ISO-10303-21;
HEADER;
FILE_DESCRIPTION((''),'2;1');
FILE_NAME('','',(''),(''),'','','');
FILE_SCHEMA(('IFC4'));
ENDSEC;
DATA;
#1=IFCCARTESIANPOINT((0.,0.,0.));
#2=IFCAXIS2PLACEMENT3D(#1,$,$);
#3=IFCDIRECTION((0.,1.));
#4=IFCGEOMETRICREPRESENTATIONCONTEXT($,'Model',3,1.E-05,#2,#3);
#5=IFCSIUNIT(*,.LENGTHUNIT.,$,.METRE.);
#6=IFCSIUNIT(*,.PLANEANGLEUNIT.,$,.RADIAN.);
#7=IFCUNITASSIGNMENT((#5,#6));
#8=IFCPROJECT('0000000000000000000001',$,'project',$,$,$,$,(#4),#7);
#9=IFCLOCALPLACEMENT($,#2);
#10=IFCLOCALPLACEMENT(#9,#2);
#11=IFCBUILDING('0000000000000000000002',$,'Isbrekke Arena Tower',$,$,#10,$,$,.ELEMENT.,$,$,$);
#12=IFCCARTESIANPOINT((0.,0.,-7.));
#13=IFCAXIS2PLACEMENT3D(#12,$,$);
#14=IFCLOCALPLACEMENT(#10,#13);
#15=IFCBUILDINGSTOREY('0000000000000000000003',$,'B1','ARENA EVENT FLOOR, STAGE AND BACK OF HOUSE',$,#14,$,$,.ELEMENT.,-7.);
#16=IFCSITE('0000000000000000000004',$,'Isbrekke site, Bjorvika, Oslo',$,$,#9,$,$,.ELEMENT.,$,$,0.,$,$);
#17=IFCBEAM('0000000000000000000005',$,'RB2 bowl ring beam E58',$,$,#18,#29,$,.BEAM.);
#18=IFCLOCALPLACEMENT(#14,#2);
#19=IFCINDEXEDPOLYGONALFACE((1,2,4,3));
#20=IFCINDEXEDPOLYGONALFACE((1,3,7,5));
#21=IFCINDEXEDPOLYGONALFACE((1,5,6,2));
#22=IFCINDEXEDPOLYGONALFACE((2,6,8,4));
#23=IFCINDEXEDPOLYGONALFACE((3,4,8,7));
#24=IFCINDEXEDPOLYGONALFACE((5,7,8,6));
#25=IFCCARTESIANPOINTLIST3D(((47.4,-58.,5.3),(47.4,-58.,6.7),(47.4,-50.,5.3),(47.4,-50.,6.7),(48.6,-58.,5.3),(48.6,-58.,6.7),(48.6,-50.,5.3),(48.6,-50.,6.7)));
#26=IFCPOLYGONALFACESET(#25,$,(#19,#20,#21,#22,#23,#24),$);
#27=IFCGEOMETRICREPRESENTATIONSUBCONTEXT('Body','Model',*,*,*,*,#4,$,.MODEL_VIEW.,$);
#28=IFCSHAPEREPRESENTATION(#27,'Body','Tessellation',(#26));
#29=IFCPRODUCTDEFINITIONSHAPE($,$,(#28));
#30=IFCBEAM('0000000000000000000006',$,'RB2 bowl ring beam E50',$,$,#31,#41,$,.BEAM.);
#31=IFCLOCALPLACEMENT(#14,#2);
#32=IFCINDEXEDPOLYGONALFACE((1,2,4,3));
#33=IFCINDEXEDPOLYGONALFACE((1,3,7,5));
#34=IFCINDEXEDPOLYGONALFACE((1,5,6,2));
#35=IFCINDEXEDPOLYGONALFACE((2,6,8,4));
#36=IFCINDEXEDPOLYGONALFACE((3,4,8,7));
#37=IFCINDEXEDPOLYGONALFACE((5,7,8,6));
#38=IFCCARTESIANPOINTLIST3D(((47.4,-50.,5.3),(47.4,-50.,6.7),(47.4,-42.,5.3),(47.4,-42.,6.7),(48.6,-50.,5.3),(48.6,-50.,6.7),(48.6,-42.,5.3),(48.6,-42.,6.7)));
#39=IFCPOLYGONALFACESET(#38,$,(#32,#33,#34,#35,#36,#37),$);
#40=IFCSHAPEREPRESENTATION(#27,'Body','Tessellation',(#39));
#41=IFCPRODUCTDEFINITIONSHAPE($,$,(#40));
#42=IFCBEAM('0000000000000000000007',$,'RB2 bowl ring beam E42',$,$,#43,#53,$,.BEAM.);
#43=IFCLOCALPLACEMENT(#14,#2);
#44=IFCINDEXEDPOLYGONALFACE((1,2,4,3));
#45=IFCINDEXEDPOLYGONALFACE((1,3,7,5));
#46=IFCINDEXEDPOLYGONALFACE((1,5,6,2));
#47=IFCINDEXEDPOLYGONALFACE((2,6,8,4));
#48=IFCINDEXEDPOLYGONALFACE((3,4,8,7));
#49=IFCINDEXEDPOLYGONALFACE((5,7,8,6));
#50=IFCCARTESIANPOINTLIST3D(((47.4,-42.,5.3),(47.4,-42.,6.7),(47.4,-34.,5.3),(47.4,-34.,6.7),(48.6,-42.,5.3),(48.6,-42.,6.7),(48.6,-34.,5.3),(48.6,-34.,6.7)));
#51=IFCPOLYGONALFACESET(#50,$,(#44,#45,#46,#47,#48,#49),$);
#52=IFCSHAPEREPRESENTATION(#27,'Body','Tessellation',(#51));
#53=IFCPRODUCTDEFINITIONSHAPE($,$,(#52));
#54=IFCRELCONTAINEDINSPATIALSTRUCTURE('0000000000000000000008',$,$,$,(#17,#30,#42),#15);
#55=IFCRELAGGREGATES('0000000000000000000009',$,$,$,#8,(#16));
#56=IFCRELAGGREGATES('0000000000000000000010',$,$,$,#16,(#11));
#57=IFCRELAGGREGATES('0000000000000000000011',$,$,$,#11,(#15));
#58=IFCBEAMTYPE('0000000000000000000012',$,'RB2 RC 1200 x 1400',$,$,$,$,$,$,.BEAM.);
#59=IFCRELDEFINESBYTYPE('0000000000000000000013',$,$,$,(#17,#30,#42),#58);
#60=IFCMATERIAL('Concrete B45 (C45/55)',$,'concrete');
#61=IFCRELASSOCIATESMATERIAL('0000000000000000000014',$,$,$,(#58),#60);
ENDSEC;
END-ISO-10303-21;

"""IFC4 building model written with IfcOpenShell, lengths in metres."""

from ifc_helpers import new_model, si_unit, direction, frame, origin, origin_2d, place, context, subcontext, project, spatial, rectangle, extrude, material, material_profile, profile_set, type_object, element, save


model = new_model("IFC4")

# Units and contexts
model_context = context("Model", 3, precision=1e-05, world=origin(), true_north=direction((0.0, 1.0)))
body_context = subcontext(model_context, "Body", "Model", "MODEL_VIEW")
ifc_project = project(units=[si_unit("LENGTHUNIT", "METRE"), si_unit("PLANEANGLEUNIT", "RADIAN")], contexts=[model_context])

# Site, building, storey
site_placement = place(None, origin())
site = spatial("IfcSite", under=ifc_project, at=site_placement, Name="Isbrekke site, Bjorvika, Oslo", CompositionType="ELEMENT", RefElevation=0.0)
building_placement = place(site_placement, origin())
building = spatial("IfcBuilding", under=site, at=building_placement, Name="Isbrekke Arena Tower", CompositionType="ELEMENT")
storey_placement = place(building_placement, frame((0.0, 0.0, -7.0)))
storey = spatial("IfcBuildingStorey", under=building, at=storey_placement, Name="B1", Description="ARENA EVENT FLOOR, STAGE AND BACK OF HOUSE", CompositionType="ELEMENT", Elevation=-7.0)

# Beams
ifc_material_1 = material(Name="Concrete B45 (C45/55)", Category="concrete")
ifc_material_profile_1 = material_profile(ifc_material_1, rectangle(XDim=1.2, YDim=1.3999, at=origin_2d()), Name="RC 1200x1400")
ifc_profile_set_1 = profile_set([ifc_material_profile_1], Name="Concrete B45 (C45/55)")
beam_type_1 = type_object("IfcBeamType", Name="RB2 RC 1200 x 1400", PredefinedType="BEAM", material=ifc_profile_set_1)
for number, where, z_axis, x_axis, name in (
    (1, (48.0, -58.0, 6.0), (0.0, 1.0, 0.0), (-1.0, 0.0, 0.0), "RB2 bowl ring beam E58"),
    (2, (48.0, -50.0, 6.0), (0.0, 1.0, 0.0), (-1.0, 0.0, 0.0), "RB2 bowl ring beam E50"),
    (3, (48.0, -42.0, 6.0), (0.0, 1.0, 0.0), (-1.0, 0.0, 0.0), "RB2 bowl ring beam E42"),
):
    element("IfcBeam", number, at=place(storey_placement, frame(where, z_axis=z_axis, x_axis=x_axis)), inside=storey, type_object=beam_type_1, Name=name, PredefinedType="BEAM", context=body_context, shape_type="SweptSolid", body=[
        extrude(rectangle(XDim=1.2, YDim=1.3999, at=origin_2d()), origin(), (0.0, 0.0, 1.0), 8.0),
    ])

save(model, "model.ifc")
